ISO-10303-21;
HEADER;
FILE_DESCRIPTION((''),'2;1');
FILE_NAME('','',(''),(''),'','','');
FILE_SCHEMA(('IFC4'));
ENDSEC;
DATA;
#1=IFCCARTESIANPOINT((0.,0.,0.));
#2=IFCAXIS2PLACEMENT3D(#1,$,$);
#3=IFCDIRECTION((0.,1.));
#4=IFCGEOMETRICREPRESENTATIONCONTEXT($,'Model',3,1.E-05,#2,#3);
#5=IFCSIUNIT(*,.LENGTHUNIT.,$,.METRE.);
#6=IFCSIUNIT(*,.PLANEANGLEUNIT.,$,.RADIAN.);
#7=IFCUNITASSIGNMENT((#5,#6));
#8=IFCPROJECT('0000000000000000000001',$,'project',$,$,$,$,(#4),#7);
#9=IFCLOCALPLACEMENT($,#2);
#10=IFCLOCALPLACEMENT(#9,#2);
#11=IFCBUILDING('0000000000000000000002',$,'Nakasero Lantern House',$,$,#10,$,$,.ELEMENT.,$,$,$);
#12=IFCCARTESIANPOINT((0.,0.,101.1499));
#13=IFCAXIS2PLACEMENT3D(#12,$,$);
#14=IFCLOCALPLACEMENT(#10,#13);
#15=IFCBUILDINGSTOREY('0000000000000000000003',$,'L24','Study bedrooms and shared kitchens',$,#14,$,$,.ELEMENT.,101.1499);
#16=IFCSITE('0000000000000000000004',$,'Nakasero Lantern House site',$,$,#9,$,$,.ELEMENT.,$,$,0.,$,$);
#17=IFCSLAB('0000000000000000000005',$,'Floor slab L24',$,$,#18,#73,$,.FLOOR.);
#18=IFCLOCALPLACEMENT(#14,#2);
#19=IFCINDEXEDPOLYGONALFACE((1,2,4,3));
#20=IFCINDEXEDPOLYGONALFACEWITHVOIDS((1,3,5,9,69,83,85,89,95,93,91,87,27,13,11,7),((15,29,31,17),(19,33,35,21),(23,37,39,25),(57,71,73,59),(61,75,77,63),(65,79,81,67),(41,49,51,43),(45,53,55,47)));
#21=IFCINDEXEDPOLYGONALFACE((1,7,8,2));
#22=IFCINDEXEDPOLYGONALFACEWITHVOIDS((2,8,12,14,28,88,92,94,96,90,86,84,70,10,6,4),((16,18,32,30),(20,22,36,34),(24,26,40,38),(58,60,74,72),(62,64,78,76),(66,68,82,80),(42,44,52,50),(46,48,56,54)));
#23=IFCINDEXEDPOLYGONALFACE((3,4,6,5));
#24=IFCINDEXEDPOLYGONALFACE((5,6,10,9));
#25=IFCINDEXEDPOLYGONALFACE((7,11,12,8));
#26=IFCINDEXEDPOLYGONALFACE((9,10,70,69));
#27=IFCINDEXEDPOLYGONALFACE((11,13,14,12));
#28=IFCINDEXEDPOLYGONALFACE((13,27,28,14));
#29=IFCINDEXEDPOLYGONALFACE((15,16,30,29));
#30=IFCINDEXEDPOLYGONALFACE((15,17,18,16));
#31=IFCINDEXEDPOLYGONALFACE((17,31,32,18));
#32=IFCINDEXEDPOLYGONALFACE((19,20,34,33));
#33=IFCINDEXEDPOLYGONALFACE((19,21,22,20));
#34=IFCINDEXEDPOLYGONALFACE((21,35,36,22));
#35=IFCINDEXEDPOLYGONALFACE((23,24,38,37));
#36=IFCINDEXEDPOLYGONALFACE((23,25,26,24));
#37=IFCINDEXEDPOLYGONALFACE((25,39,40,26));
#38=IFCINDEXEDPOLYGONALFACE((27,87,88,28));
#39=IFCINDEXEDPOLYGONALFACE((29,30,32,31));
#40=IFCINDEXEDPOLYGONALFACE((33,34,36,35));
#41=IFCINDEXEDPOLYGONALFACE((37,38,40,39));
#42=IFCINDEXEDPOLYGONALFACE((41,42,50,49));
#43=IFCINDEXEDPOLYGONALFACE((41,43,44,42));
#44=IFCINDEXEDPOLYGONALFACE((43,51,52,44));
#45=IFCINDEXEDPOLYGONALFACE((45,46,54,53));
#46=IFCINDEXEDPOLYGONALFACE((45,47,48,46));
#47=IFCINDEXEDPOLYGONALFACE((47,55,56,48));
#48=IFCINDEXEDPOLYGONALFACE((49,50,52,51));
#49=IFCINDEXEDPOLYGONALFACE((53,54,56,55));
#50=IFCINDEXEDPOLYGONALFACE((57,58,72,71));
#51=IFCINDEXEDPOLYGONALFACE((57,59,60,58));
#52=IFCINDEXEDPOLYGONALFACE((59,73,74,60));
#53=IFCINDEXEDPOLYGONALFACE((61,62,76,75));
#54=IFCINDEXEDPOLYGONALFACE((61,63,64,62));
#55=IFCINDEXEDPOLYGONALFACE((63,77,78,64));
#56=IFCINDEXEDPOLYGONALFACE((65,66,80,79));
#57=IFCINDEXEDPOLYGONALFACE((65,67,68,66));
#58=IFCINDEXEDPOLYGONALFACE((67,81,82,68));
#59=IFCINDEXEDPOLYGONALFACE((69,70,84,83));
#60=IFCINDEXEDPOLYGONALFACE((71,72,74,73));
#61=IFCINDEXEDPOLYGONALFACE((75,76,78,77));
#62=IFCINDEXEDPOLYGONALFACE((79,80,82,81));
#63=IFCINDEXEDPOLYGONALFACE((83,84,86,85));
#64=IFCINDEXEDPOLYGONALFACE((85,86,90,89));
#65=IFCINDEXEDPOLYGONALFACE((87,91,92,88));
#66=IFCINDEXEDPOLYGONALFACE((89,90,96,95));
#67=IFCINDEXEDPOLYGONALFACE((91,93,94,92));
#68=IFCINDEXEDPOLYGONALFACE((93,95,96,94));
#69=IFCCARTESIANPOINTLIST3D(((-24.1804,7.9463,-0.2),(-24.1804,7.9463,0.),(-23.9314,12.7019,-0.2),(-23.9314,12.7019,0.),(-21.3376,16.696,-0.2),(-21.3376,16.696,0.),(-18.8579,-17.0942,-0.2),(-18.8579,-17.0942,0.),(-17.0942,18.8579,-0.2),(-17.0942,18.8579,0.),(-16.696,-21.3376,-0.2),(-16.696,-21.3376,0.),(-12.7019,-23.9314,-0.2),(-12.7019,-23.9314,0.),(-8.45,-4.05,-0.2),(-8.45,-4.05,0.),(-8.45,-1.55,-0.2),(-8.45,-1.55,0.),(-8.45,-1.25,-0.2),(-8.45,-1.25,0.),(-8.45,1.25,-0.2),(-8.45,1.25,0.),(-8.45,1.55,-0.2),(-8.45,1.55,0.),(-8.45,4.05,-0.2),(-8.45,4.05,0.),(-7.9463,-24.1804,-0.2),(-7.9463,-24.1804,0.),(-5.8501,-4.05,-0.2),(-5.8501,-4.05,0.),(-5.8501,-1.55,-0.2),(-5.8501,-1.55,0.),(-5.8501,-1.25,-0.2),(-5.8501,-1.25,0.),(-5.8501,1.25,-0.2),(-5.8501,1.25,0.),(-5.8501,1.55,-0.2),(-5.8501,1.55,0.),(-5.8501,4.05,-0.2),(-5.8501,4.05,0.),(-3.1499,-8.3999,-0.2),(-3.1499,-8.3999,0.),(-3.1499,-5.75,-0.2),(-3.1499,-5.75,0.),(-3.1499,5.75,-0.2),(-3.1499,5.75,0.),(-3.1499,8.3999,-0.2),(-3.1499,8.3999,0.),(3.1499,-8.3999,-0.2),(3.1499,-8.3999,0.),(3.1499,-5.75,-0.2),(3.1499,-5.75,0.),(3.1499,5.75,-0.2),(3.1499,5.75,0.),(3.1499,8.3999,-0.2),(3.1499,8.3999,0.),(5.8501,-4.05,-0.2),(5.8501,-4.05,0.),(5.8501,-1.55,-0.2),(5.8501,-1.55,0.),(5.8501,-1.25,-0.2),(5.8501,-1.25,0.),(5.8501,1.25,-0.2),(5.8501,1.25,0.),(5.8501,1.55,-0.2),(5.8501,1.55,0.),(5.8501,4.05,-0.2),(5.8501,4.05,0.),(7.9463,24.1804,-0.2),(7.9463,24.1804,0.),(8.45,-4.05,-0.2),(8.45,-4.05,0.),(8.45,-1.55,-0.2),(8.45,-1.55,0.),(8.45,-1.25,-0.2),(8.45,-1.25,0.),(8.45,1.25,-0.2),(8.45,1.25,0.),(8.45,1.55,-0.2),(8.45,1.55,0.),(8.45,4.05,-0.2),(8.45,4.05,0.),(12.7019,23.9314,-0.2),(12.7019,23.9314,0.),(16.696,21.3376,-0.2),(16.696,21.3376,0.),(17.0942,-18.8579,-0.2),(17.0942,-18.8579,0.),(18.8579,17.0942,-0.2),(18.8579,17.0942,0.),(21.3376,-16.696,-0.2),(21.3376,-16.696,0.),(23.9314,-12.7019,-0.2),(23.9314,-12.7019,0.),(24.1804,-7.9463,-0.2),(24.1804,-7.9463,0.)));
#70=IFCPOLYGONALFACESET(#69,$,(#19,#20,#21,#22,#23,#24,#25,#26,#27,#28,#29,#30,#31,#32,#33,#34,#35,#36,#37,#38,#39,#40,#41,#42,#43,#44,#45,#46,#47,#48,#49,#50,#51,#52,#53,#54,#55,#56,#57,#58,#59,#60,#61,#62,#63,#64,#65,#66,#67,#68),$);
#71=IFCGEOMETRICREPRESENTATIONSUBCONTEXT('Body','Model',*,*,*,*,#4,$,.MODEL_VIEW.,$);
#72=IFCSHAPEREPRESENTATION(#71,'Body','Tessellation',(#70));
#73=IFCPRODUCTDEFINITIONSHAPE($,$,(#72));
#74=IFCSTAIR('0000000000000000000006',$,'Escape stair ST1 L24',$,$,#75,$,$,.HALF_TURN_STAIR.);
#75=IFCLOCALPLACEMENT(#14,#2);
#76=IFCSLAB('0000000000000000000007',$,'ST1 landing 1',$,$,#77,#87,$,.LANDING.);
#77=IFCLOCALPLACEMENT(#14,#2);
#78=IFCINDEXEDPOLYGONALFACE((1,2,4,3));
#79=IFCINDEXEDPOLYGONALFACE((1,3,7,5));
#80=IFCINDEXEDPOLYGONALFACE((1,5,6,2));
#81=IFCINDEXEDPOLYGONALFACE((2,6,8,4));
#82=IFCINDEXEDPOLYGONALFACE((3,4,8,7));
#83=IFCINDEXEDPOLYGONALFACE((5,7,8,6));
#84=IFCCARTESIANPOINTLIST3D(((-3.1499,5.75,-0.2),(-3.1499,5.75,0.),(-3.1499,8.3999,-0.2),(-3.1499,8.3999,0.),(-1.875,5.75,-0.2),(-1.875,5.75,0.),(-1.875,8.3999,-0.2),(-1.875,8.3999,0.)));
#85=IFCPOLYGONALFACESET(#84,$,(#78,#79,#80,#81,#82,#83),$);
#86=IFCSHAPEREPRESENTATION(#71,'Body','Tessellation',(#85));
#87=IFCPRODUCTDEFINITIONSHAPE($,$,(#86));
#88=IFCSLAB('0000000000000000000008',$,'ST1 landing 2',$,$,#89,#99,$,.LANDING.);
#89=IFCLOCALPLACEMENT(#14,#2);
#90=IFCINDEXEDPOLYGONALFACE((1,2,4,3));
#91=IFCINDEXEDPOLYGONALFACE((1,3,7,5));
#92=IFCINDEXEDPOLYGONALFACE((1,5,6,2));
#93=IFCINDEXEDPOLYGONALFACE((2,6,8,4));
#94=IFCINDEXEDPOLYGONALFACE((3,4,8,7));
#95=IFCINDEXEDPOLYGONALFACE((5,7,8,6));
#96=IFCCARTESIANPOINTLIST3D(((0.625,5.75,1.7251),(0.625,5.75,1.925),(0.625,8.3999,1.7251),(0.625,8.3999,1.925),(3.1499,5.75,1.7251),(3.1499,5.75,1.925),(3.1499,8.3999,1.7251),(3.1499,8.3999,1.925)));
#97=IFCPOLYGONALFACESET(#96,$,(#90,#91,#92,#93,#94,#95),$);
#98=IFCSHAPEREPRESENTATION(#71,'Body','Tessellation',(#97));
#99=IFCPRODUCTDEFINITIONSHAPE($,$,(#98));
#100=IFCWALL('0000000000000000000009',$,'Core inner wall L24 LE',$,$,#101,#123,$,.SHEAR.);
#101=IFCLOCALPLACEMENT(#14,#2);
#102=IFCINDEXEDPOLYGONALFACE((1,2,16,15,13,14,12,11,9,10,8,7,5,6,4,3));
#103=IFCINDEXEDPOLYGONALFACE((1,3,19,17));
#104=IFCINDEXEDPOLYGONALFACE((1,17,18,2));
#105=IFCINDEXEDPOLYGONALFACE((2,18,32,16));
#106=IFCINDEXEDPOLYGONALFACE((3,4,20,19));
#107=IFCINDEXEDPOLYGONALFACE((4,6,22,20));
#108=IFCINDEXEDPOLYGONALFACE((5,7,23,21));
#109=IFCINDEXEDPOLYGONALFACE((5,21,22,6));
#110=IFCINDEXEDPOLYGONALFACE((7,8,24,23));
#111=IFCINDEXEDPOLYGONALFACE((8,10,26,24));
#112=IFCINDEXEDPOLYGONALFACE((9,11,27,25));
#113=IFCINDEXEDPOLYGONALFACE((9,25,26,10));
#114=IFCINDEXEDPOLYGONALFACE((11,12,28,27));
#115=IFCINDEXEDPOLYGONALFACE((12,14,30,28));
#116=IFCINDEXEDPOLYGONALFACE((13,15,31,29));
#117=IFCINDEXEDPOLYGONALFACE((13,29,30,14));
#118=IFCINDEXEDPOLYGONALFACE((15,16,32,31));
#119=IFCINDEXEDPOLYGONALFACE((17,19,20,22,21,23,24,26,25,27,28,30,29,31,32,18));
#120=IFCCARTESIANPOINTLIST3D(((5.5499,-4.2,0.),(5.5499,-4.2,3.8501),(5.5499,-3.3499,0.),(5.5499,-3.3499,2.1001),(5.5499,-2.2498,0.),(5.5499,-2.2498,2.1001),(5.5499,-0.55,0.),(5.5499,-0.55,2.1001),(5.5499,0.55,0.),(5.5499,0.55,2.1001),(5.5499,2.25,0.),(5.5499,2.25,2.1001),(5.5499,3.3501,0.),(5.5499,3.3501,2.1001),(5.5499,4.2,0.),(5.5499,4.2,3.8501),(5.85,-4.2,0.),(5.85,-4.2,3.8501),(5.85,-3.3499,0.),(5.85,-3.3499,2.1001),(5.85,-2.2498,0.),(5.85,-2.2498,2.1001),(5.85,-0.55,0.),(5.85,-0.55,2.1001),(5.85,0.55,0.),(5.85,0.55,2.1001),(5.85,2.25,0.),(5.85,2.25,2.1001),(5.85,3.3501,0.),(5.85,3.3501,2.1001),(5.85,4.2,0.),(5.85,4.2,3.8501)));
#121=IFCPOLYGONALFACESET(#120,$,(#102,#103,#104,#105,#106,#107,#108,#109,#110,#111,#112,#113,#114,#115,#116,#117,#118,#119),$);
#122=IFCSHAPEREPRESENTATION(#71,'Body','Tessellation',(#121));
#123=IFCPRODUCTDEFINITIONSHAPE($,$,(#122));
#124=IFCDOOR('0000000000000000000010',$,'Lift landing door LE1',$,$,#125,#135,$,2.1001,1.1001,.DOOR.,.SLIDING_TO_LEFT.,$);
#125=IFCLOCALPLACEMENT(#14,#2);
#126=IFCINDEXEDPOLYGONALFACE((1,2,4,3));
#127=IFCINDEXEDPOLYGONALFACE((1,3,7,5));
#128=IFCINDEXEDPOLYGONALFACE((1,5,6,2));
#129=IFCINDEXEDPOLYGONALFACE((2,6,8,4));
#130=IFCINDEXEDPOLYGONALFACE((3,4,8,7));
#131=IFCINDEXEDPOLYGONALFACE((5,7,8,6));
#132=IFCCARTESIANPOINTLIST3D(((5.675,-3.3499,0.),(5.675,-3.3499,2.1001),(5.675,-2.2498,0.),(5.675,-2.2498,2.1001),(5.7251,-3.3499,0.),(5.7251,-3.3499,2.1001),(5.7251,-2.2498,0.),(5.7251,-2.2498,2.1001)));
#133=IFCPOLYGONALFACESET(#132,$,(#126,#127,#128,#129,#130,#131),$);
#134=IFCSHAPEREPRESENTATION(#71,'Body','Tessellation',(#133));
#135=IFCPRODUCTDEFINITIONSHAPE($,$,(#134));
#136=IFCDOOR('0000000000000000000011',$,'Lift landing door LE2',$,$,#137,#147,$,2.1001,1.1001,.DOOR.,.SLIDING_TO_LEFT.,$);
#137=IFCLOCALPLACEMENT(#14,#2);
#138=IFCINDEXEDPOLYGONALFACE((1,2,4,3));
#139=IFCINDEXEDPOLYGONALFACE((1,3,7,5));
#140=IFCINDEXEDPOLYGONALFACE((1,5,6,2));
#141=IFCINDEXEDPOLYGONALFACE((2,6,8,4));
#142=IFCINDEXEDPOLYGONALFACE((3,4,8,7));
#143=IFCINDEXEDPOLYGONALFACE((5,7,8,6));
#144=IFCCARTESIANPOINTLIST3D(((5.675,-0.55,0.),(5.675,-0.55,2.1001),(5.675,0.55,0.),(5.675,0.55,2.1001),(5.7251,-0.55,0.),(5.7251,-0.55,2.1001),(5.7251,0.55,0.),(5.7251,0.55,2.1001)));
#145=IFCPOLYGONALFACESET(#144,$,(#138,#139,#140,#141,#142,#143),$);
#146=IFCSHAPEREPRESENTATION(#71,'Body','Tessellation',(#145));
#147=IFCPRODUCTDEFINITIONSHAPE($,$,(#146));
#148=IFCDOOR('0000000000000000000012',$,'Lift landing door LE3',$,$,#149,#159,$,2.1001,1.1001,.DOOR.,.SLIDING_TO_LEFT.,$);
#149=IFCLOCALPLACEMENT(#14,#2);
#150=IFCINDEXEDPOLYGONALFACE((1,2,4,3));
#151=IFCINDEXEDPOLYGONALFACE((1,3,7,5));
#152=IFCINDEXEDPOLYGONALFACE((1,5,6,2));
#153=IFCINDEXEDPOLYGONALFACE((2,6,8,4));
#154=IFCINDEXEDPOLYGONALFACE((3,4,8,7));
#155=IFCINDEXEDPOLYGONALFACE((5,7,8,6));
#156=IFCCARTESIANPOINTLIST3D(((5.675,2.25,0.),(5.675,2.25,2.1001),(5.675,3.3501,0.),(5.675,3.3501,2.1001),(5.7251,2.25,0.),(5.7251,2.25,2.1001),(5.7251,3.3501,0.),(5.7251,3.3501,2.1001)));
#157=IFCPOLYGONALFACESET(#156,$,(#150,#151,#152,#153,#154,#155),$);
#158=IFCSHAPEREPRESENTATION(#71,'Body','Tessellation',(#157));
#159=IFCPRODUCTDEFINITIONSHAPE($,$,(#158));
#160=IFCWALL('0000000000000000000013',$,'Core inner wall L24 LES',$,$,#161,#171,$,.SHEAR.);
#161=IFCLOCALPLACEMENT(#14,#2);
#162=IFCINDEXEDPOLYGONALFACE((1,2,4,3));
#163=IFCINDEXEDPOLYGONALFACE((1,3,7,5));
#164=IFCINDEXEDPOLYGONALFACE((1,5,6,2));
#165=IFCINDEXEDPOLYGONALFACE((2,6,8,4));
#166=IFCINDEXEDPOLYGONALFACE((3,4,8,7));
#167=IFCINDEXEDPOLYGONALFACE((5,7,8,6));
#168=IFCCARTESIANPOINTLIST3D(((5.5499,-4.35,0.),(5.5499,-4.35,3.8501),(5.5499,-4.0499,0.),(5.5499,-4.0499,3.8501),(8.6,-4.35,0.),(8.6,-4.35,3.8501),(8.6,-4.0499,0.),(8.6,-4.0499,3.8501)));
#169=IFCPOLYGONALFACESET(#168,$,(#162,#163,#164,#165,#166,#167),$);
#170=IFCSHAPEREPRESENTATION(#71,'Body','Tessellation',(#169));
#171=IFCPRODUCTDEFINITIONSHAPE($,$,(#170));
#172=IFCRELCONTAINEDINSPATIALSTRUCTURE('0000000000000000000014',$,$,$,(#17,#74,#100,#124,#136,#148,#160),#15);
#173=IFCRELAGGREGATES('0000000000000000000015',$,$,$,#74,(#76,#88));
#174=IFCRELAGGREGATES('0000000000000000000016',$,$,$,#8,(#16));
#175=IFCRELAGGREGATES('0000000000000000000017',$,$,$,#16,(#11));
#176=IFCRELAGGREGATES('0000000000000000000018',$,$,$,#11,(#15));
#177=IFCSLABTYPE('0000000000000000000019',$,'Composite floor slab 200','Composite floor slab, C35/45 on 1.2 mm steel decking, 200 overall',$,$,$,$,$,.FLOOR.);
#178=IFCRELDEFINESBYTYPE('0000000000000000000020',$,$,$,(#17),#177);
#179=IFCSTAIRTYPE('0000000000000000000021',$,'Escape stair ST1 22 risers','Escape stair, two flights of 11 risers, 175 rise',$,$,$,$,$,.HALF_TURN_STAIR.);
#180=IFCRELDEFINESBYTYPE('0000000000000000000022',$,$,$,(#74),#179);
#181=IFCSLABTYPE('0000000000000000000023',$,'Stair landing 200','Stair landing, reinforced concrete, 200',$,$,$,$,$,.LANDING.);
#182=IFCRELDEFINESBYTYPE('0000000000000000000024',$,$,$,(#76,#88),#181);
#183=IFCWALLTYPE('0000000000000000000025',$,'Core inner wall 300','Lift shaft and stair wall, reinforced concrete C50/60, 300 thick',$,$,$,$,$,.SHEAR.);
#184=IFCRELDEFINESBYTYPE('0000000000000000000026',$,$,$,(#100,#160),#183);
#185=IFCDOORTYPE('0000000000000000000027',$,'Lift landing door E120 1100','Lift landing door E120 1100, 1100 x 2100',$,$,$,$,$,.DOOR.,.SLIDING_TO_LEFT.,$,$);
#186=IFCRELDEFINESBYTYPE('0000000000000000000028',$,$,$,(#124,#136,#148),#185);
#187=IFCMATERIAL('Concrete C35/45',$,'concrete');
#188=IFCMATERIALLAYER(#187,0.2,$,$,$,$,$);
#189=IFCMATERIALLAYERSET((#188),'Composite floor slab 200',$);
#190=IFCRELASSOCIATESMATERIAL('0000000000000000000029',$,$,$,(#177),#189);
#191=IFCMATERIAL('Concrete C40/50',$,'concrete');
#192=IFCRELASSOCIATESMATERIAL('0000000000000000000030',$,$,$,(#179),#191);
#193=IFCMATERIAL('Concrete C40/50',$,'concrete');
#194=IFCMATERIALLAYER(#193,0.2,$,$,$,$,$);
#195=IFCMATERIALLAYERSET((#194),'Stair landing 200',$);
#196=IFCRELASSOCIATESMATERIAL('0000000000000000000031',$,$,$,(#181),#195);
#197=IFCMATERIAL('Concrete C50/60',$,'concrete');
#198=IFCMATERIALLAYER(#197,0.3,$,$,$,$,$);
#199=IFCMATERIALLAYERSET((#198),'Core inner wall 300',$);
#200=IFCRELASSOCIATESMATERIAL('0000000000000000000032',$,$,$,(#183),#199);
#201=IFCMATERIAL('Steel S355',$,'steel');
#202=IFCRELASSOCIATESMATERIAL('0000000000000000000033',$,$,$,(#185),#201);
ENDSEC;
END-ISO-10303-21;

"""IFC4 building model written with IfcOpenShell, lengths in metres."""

from ifc_helpers import new_model, si_unit, direction, frame, frame_2d, origin, place, context, subcontext, project, spatial, polyline, rectangle, outline, extrude, material, layer, layer_set, type_object, element, fill, aggregate, save


model = new_model("IFC4")

# Units and contexts
model_context = context("Model", 3, precision=1e-05, world=origin(), true_north=direction((0.0, 1.0)))
body_context = subcontext(model_context, "Body", "Model", "MODEL_VIEW")
ifc_project = project(units=[si_unit("LENGTHUNIT", "METRE"), si_unit("PLANEANGLEUNIT", "RADIAN")], contexts=[model_context])

# Site, building, storey
site_placement = place(None, origin())
site = spatial("IfcSite", under=ifc_project, at=site_placement, Name="Nakasero Lantern House site", CompositionType="ELEMENT", RefElevation=0.0)
building_placement = place(site_placement, origin())
building = spatial("IfcBuilding", under=site, at=building_placement, Name="Nakasero Lantern House", CompositionType="ELEMENT")
storey_placement = place(building_placement, frame((0.0, 0.0, 101.1499)))
storey = spatial("IfcBuildingStorey", under=building, at=storey_placement, Name="L24", Description="Study bedrooms and shared kitchens", CompositionType="ELEMENT", Elevation=101.1499)

# Slab
ifc_material_1 = material(Name="Concrete C35/45", Category="concrete")
ifc_layer_1 = layer(ifc_material_1, 0.2)
ifc_layer_set_1 = layer_set([ifc_layer_1], Name="Composite floor slab 200")
slab_type_1 = type_object("IfcSlabType", Name="Composite floor slab 200", Description="Composite floor slab, C35/45 on 1.2 mm steel decking, 200 overall", PredefinedType="FLOOR", material=ifc_layer_set_1)
slab_1_placement = place(storey_placement, frame((0.0, 0.0, -0.2)))
element("IfcSlab", 1, at=slab_1_placement, inside=storey, type_object=slab_type_1, Name="Floor slab L24", PredefinedType="FLOOR", context=body_context, shape_type="SweptSolid", body=[
    extrude(outline(polyline([(18.8579, 17.0942), (16.696, 21.3376), (12.7019, 23.9314), (7.9463, 24.1804), (-17.0942, 18.8579), (-21.3376, 16.696), (-23.9314, 12.7019), (-24.1804, 7.9463), (-18.8579, -17.0942), (-16.696, -21.3376), (-12.7019, -23.9314), (-7.9463, -24.1804), (17.0942, -18.8579), (21.3376, -16.696), (23.9314, -12.7019), (24.1804, -7.9463), (18.8579, 17.0942)]), holes=[polyline([(-8.45, -4.05), (-5.8501, -4.05), (-5.8501, -1.55), (-8.45, -1.55), (-8.45, -4.05)]), polyline([(-8.45, -1.25), (-5.8501, -1.25), (-5.8501, 1.25), (-8.45, 1.25), (-8.45, -1.25)]), polyline([(-8.45, 1.55), (-5.8501, 1.55), (-5.8501, 4.05), (-8.45, 4.05), (-8.45, 1.55)]), polyline([(5.8501, -4.05), (8.45, -4.05), (8.45, -1.55), (5.8501, -1.55), (5.8501, -4.05)]), polyline([(5.8501, -1.25), (8.45, -1.25), (8.45, 1.25), (5.8501, 1.25), (5.8501, -1.25)]), polyline([(5.8501, 1.55), (8.45, 1.55), (8.45, 4.05), (5.8501, 4.05), (5.8501, 1.55)]), polyline([(-3.1499, 5.75), (3.1499, 5.75), (3.1499, 8.3999), (-3.1499, 8.3999), (-3.1499, 5.75)]), polyline([(-3.1499, -8.3999), (3.1499, -8.3999), (3.1499, -5.75), (-3.1499, -5.75), (-3.1499, -8.3999)])]), origin(), (0.0, 0.0, 1.0), 0.2),
])

# Stair, slabs
ifc_material_2 = material(Name="Concrete C40/50", Category="concrete")
stair_type_1 = type_object("IfcStairType", Name="Escape stair ST1 22 risers", Description="Escape stair, two flights of 11 risers, 175 rise", PredefinedType="HALF_TURN_STAIR", material=ifc_material_2)
stair_1_placement = place(storey_placement, origin())
stair_1 = element("IfcStair", 2, at=stair_1_placement, inside=storey, type_object=stair_type_1, Name="Escape stair ST1 L24", PredefinedType="HALF_TURN_STAIR")
ifc_material_3 = material(Name="Concrete C40/50", Category="concrete")
ifc_layer_2 = layer(ifc_material_3, 0.2)
ifc_layer_set_2 = layer_set([ifc_layer_2], Name="Stair landing 200")
slab_type_2 = type_object("IfcSlabType", Name="Stair landing 200", Description="Stair landing, reinforced concrete, 200", PredefinedType="LANDING", material=ifc_layer_set_2)
slab_2_placement = place(storey_placement, frame((0.0, 0.0, -0.2)))
slab_2 = element("IfcSlab", 3, at=slab_2_placement, type_object=slab_type_2, Name="ST1 landing 1", PredefinedType="LANDING", context=body_context, shape_type="SweptSolid", body=[
    extrude(outline(polyline([(-3.1499, 5.75), (-1.875, 5.75), (-1.875, 8.3999), (-3.1499, 8.3999), (-3.1499, 5.75)])), origin(), (0.0, 0.0, 1.0), 0.2),
])
slab_3_placement = place(storey_placement, frame((0.0, 0.0, 1.7251)))
slab_3 = element("IfcSlab", 4, at=slab_3_placement, type_object=slab_type_2, Name="ST1 landing 2", PredefinedType="LANDING", context=body_context, shape_type="SweptSolid", body=[
    extrude(outline(polyline([(0.625, 5.75), (3.1499, 5.75), (3.1499, 8.3999), (0.625, 8.3999), (0.625, 5.75)])), origin(), (0.0, 0.0, 1.0), 0.2),
])
aggregate(stair_1, [slab_2, slab_3])

# Wall, openings, doors
ifc_material_4 = material(Name="Concrete C50/60", Category="concrete")
ifc_layer_3 = layer(ifc_material_4, 0.3)
ifc_layer_set_3 = layer_set([ifc_layer_3], Name="Core inner wall 300")
wall_type_1 = type_object("IfcWallType", Name="Core inner wall 300", Description="Lift shaft and stair wall, reinforced concrete C50/60, 300 thick", PredefinedType="SHEAR", material=ifc_layer_set_3)
wall_1_placement = place(storey_placement, frame((5.7, -4.2, 0.0), z_axis=(0.0, 0.0, 1.0), x_axis=(0.0, 1.0, 0.0)))
wall_1 = element("IfcWall", 5, at=wall_1_placement, inside=storey, type_object=wall_type_1, Name="Core inner wall L24 LE", PredefinedType="SHEAR", context=body_context, shape_type="SweptSolid", body=[
    extrude(rectangle(XDim=8.3999, YDim=0.3, at=frame_2d((4.2, 0.0))), origin(), (0.0, 0.0, 1.0), 3.8501),
])
opening_1_placement = place(wall_1_placement, frame((0.8501, 0.0, 0.0)))
opening_1 = element("IfcOpeningElement", 6, at=opening_1_placement, cuts=wall_1, PredefinedType="OPENING", context=body_context, shape_type="SweptSolid", body=[
    extrude(rectangle(XDim=1.1001, YDim=2.1001, at=frame_2d((0.55, 1.05))), frame((0.0, 0.1699, 0.0), z_axis=(0.0, -1.0, 0.0), x_axis=(1.0, 0.0, 0.0)), (0.0, 0.0, 1.0), 0.3401),
])
opening_2_placement = place(wall_1_placement, frame((3.6499, 0.0, 0.0)))
opening_2 = element("IfcOpeningElement", 7, at=opening_2_placement, cuts=wall_1, PredefinedType="OPENING", context=body_context, shape_type="SweptSolid", body=[
    extrude(rectangle(XDim=1.1001, YDim=2.1001, at=frame_2d((0.55, 1.05))), frame((0.0, 0.1699, 0.0), z_axis=(0.0, -1.0, 0.0), x_axis=(1.0, 0.0, 0.0)), (0.0, 0.0, 1.0), 0.3401),
])
opening_3_placement = place(wall_1_placement, frame((6.45, 0.0, 0.0)))
opening_3 = element("IfcOpeningElement", 8, at=opening_3_placement, cuts=wall_1, PredefinedType="OPENING", context=body_context, shape_type="SweptSolid", body=[
    extrude(rectangle(XDim=1.1001, YDim=2.1001, at=frame_2d((0.55, 1.05))), frame((0.0, 0.1699, 0.0), z_axis=(0.0, -1.0, 0.0), x_axis=(1.0, 0.0, 0.0)), (0.0, 0.0, 1.0), 0.3401),
])
ifc_material_5 = material(Name="Steel S355", Category="steel")
door_type_1 = type_object("IfcDoorType", Name="Lift landing door E120 1100", Description="Lift landing door E120 1100, 1100 x 2100", OperationType="SLIDING_TO_LEFT", PredefinedType="DOOR", material=ifc_material_5)
door_1_placement = place(opening_1_placement, origin())
door_1 = element("IfcDoor", 9, at=door_1_placement, inside=storey, type_object=door_type_1, Name="Lift landing door LE1", OperationType="SLIDING_TO_LEFT", OverallHeight=2.1001, OverallWidth=1.1001, PredefinedType="DOOR", context=body_context, shape_type="SweptSolid", body=[
    extrude(rectangle(XDim=1.1001, YDim=2.1001, at=frame_2d((0.55, 1.05))), frame((0.0, 0.0249, 0.0), z_axis=(0.0, -1.0, 0.0), x_axis=(1.0, 0.0, 0.0)), (0.0, 0.0, 1.0), 0.05),
])
fill(opening_1, door_1)
door_2_placement = place(opening_2_placement, origin())
door_2 = element("IfcDoor", 10, at=door_2_placement, inside=storey, type_object=door_type_1, Name="Lift landing door LE2", OperationType="SLIDING_TO_LEFT", OverallHeight=2.1001, OverallWidth=1.1001, PredefinedType="DOOR", context=body_context, shape_type="SweptSolid", body=[
    extrude(rectangle(XDim=1.1001, YDim=2.1001, at=frame_2d((0.55, 1.05))), frame((0.0, 0.0249, 0.0), z_axis=(0.0, -1.0, 0.0), x_axis=(1.0, 0.0, 0.0)), (0.0, 0.0, 1.0), 0.05),
])
fill(opening_2, door_2)
door_3_placement = place(opening_3_placement, origin())
door_3 = element("IfcDoor", 11, at=door_3_placement, inside=storey, type_object=door_type_1, Name="Lift landing door LE3", OperationType="SLIDING_TO_LEFT", OverallHeight=2.1001, OverallWidth=1.1001, PredefinedType="DOOR", context=body_context, shape_type="SweptSolid", body=[
    extrude(rectangle(XDim=1.1001, YDim=2.1001, at=frame_2d((0.55, 1.05))), frame((0.0, 0.0249, 0.0), z_axis=(0.0, -1.0, 0.0), x_axis=(1.0, 0.0, 0.0)), (0.0, 0.0, 1.0), 0.05),
])
fill(opening_3, door_3)

# Wall
wall_2_placement = place(storey_placement, frame((5.55, -4.2, 0.0), z_axis=(0.0, 0.0, 1.0), x_axis=(1.0, 0.0, 0.0)))
element("IfcWall", 12, at=wall_2_placement, inside=storey, type_object=wall_type_1, Name="Core inner wall L24 LES", PredefinedType="SHEAR", context=body_context, shape_type="SweptSolid", body=[
    extrude(rectangle(XDim=3.05, YDim=0.3, at=frame_2d((1.5249, 0.0))), origin(), (0.0, 0.0, 1.0), 3.8501),
])

save(model, "model.ifc")
